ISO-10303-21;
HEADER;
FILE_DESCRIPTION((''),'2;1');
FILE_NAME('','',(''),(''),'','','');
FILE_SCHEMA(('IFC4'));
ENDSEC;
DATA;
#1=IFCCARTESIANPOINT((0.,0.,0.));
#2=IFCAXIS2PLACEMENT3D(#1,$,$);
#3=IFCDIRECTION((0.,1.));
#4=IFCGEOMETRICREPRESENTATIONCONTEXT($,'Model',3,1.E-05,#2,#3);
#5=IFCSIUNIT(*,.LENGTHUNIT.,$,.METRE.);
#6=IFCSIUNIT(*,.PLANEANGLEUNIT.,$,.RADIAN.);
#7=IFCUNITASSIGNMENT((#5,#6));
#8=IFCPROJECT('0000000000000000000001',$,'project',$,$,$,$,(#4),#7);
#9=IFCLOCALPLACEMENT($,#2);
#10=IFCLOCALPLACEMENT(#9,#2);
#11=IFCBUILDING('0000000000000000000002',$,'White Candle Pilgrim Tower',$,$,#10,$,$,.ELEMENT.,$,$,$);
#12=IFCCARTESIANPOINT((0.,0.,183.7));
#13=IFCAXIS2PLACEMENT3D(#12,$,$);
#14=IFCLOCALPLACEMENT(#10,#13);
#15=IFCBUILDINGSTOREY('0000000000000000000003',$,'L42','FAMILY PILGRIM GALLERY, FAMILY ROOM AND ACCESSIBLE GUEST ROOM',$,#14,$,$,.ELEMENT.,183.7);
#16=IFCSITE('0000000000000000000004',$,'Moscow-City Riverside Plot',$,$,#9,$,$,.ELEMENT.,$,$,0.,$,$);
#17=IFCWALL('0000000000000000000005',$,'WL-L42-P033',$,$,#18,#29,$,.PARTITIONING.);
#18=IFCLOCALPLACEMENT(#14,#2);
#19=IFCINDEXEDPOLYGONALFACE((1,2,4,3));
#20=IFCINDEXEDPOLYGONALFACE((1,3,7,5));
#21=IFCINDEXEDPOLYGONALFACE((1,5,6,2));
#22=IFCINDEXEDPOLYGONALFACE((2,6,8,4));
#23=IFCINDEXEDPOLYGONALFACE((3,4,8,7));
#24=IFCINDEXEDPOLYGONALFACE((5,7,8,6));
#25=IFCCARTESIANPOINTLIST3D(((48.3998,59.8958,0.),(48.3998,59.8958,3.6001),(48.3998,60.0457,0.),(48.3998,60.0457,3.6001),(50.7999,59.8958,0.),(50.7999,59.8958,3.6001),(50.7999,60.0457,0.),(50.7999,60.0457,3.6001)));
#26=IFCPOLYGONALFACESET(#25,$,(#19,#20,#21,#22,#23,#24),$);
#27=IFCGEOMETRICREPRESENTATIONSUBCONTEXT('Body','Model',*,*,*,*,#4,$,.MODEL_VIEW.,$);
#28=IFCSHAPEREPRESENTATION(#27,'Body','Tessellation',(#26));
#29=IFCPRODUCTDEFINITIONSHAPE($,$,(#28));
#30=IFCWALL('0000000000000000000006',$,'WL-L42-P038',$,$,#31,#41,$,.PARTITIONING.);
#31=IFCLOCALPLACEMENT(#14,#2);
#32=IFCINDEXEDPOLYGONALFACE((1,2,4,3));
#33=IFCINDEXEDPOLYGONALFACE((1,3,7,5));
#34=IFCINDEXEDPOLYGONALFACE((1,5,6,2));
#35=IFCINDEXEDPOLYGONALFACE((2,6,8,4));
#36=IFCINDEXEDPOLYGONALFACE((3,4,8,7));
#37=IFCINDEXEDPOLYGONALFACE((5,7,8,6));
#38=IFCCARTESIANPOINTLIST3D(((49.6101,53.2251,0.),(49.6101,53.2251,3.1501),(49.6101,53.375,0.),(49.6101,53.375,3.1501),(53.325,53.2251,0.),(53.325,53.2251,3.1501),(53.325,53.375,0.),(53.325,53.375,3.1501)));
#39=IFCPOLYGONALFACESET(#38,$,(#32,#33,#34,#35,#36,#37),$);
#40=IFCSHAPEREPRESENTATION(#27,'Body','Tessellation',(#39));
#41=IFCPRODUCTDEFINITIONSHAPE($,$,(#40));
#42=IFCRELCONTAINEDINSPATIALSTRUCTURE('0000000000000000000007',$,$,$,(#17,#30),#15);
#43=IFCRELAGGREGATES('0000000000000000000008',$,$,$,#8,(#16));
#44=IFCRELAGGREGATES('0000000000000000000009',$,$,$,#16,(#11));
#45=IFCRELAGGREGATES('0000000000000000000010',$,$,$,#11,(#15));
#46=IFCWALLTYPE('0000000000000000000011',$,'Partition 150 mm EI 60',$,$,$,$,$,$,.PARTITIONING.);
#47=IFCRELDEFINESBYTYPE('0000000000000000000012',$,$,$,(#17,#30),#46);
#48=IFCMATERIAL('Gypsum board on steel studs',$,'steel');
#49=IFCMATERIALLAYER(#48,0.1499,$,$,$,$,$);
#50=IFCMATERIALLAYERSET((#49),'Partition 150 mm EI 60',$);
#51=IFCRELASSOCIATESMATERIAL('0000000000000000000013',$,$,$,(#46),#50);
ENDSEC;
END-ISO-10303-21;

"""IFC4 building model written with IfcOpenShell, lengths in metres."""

from ifc_helpers import new_model, si_unit, direction, frame, frame_2d, origin, place, context, subcontext, project, spatial, rectangle, extrude, material, layer, layer_set, type_object, element, save


model = new_model("IFC4")

# Units and contexts
model_context = context("Model", 3, precision=1e-05, world=origin(), true_north=direction((0.0, 1.0)))
body_context = subcontext(model_context, "Body", "Model", "MODEL_VIEW")
ifc_project = project(units=[si_unit("LENGTHUNIT", "METRE"), si_unit("PLANEANGLEUNIT", "RADIAN")], contexts=[model_context])

# Site, building, storey
site_placement = place(None, origin())
site = spatial("IfcSite", under=ifc_project, at=site_placement, Name="Moscow-City Riverside Plot", CompositionType="ELEMENT", RefElevation=0.0)
building_placement = place(site_placement, origin())
building = spatial("IfcBuilding", under=site, at=building_placement, Name="White Candle Pilgrim Tower", CompositionType="ELEMENT")
storey_placement = place(building_placement, frame((0.0, 0.0, 183.7)))
storey = spatial("IfcBuildingStorey", under=building, at=storey_placement, Name="L42", Description="FAMILY PILGRIM GALLERY, FAMILY ROOM AND ACCESSIBLE GUEST ROOM", CompositionType="ELEMENT", Elevation=183.7)

# Walls
ifc_material_1 = material(Name="Gypsum board on steel studs", Category="steel")
ifc_layer_1 = layer(ifc_material_1, 0.1499)
ifc_layer_set_1 = layer_set([ifc_layer_1], Name="Partition 150 mm EI 60")
wall_type_1 = type_object("IfcWallType", Name="Partition 150 mm EI 60", PredefinedType="PARTITIONING", material=ifc_layer_set_1)
wall_1_placement = place(storey_placement, frame((50.8, 59.9707, 0.0), z_axis=(0.0, 0.0, 1.0), x_axis=(-1.0, 0.0, 0.0)))
element("IfcWall", 1, at=wall_1_placement, inside=storey, type_object=wall_type_1, Name="WL-L42-P033", PredefinedType="PARTITIONING", context=body_context, shape_type="SweptSolid", body=[
    extrude(rectangle(XDim=2.4001, YDim=0.1499, at=frame_2d((1.2002, 0.0))), origin(), (0.0, 0.0, 1.0), 3.6001),
])
wall_2_placement = place(storey_placement, frame((49.6101, 53.3, 0.0), z_axis=(0.0, 0.0, 1.0), x_axis=(1.0, 0.0, 0.0)))
element("IfcWall", 2, at=wall_2_placement, inside=storey, type_object=wall_type_1, Name="WL-L42-P038", PredefinedType="PARTITIONING", context=body_context, shape_type="SweptSolid", body=[
    extrude(rectangle(XDim=3.7148, YDim=0.1499, at=frame_2d((1.8574, 0.0))), origin(), (0.0, 0.0, 1.0), 3.1501),
])

save(model, "model.ifc")
